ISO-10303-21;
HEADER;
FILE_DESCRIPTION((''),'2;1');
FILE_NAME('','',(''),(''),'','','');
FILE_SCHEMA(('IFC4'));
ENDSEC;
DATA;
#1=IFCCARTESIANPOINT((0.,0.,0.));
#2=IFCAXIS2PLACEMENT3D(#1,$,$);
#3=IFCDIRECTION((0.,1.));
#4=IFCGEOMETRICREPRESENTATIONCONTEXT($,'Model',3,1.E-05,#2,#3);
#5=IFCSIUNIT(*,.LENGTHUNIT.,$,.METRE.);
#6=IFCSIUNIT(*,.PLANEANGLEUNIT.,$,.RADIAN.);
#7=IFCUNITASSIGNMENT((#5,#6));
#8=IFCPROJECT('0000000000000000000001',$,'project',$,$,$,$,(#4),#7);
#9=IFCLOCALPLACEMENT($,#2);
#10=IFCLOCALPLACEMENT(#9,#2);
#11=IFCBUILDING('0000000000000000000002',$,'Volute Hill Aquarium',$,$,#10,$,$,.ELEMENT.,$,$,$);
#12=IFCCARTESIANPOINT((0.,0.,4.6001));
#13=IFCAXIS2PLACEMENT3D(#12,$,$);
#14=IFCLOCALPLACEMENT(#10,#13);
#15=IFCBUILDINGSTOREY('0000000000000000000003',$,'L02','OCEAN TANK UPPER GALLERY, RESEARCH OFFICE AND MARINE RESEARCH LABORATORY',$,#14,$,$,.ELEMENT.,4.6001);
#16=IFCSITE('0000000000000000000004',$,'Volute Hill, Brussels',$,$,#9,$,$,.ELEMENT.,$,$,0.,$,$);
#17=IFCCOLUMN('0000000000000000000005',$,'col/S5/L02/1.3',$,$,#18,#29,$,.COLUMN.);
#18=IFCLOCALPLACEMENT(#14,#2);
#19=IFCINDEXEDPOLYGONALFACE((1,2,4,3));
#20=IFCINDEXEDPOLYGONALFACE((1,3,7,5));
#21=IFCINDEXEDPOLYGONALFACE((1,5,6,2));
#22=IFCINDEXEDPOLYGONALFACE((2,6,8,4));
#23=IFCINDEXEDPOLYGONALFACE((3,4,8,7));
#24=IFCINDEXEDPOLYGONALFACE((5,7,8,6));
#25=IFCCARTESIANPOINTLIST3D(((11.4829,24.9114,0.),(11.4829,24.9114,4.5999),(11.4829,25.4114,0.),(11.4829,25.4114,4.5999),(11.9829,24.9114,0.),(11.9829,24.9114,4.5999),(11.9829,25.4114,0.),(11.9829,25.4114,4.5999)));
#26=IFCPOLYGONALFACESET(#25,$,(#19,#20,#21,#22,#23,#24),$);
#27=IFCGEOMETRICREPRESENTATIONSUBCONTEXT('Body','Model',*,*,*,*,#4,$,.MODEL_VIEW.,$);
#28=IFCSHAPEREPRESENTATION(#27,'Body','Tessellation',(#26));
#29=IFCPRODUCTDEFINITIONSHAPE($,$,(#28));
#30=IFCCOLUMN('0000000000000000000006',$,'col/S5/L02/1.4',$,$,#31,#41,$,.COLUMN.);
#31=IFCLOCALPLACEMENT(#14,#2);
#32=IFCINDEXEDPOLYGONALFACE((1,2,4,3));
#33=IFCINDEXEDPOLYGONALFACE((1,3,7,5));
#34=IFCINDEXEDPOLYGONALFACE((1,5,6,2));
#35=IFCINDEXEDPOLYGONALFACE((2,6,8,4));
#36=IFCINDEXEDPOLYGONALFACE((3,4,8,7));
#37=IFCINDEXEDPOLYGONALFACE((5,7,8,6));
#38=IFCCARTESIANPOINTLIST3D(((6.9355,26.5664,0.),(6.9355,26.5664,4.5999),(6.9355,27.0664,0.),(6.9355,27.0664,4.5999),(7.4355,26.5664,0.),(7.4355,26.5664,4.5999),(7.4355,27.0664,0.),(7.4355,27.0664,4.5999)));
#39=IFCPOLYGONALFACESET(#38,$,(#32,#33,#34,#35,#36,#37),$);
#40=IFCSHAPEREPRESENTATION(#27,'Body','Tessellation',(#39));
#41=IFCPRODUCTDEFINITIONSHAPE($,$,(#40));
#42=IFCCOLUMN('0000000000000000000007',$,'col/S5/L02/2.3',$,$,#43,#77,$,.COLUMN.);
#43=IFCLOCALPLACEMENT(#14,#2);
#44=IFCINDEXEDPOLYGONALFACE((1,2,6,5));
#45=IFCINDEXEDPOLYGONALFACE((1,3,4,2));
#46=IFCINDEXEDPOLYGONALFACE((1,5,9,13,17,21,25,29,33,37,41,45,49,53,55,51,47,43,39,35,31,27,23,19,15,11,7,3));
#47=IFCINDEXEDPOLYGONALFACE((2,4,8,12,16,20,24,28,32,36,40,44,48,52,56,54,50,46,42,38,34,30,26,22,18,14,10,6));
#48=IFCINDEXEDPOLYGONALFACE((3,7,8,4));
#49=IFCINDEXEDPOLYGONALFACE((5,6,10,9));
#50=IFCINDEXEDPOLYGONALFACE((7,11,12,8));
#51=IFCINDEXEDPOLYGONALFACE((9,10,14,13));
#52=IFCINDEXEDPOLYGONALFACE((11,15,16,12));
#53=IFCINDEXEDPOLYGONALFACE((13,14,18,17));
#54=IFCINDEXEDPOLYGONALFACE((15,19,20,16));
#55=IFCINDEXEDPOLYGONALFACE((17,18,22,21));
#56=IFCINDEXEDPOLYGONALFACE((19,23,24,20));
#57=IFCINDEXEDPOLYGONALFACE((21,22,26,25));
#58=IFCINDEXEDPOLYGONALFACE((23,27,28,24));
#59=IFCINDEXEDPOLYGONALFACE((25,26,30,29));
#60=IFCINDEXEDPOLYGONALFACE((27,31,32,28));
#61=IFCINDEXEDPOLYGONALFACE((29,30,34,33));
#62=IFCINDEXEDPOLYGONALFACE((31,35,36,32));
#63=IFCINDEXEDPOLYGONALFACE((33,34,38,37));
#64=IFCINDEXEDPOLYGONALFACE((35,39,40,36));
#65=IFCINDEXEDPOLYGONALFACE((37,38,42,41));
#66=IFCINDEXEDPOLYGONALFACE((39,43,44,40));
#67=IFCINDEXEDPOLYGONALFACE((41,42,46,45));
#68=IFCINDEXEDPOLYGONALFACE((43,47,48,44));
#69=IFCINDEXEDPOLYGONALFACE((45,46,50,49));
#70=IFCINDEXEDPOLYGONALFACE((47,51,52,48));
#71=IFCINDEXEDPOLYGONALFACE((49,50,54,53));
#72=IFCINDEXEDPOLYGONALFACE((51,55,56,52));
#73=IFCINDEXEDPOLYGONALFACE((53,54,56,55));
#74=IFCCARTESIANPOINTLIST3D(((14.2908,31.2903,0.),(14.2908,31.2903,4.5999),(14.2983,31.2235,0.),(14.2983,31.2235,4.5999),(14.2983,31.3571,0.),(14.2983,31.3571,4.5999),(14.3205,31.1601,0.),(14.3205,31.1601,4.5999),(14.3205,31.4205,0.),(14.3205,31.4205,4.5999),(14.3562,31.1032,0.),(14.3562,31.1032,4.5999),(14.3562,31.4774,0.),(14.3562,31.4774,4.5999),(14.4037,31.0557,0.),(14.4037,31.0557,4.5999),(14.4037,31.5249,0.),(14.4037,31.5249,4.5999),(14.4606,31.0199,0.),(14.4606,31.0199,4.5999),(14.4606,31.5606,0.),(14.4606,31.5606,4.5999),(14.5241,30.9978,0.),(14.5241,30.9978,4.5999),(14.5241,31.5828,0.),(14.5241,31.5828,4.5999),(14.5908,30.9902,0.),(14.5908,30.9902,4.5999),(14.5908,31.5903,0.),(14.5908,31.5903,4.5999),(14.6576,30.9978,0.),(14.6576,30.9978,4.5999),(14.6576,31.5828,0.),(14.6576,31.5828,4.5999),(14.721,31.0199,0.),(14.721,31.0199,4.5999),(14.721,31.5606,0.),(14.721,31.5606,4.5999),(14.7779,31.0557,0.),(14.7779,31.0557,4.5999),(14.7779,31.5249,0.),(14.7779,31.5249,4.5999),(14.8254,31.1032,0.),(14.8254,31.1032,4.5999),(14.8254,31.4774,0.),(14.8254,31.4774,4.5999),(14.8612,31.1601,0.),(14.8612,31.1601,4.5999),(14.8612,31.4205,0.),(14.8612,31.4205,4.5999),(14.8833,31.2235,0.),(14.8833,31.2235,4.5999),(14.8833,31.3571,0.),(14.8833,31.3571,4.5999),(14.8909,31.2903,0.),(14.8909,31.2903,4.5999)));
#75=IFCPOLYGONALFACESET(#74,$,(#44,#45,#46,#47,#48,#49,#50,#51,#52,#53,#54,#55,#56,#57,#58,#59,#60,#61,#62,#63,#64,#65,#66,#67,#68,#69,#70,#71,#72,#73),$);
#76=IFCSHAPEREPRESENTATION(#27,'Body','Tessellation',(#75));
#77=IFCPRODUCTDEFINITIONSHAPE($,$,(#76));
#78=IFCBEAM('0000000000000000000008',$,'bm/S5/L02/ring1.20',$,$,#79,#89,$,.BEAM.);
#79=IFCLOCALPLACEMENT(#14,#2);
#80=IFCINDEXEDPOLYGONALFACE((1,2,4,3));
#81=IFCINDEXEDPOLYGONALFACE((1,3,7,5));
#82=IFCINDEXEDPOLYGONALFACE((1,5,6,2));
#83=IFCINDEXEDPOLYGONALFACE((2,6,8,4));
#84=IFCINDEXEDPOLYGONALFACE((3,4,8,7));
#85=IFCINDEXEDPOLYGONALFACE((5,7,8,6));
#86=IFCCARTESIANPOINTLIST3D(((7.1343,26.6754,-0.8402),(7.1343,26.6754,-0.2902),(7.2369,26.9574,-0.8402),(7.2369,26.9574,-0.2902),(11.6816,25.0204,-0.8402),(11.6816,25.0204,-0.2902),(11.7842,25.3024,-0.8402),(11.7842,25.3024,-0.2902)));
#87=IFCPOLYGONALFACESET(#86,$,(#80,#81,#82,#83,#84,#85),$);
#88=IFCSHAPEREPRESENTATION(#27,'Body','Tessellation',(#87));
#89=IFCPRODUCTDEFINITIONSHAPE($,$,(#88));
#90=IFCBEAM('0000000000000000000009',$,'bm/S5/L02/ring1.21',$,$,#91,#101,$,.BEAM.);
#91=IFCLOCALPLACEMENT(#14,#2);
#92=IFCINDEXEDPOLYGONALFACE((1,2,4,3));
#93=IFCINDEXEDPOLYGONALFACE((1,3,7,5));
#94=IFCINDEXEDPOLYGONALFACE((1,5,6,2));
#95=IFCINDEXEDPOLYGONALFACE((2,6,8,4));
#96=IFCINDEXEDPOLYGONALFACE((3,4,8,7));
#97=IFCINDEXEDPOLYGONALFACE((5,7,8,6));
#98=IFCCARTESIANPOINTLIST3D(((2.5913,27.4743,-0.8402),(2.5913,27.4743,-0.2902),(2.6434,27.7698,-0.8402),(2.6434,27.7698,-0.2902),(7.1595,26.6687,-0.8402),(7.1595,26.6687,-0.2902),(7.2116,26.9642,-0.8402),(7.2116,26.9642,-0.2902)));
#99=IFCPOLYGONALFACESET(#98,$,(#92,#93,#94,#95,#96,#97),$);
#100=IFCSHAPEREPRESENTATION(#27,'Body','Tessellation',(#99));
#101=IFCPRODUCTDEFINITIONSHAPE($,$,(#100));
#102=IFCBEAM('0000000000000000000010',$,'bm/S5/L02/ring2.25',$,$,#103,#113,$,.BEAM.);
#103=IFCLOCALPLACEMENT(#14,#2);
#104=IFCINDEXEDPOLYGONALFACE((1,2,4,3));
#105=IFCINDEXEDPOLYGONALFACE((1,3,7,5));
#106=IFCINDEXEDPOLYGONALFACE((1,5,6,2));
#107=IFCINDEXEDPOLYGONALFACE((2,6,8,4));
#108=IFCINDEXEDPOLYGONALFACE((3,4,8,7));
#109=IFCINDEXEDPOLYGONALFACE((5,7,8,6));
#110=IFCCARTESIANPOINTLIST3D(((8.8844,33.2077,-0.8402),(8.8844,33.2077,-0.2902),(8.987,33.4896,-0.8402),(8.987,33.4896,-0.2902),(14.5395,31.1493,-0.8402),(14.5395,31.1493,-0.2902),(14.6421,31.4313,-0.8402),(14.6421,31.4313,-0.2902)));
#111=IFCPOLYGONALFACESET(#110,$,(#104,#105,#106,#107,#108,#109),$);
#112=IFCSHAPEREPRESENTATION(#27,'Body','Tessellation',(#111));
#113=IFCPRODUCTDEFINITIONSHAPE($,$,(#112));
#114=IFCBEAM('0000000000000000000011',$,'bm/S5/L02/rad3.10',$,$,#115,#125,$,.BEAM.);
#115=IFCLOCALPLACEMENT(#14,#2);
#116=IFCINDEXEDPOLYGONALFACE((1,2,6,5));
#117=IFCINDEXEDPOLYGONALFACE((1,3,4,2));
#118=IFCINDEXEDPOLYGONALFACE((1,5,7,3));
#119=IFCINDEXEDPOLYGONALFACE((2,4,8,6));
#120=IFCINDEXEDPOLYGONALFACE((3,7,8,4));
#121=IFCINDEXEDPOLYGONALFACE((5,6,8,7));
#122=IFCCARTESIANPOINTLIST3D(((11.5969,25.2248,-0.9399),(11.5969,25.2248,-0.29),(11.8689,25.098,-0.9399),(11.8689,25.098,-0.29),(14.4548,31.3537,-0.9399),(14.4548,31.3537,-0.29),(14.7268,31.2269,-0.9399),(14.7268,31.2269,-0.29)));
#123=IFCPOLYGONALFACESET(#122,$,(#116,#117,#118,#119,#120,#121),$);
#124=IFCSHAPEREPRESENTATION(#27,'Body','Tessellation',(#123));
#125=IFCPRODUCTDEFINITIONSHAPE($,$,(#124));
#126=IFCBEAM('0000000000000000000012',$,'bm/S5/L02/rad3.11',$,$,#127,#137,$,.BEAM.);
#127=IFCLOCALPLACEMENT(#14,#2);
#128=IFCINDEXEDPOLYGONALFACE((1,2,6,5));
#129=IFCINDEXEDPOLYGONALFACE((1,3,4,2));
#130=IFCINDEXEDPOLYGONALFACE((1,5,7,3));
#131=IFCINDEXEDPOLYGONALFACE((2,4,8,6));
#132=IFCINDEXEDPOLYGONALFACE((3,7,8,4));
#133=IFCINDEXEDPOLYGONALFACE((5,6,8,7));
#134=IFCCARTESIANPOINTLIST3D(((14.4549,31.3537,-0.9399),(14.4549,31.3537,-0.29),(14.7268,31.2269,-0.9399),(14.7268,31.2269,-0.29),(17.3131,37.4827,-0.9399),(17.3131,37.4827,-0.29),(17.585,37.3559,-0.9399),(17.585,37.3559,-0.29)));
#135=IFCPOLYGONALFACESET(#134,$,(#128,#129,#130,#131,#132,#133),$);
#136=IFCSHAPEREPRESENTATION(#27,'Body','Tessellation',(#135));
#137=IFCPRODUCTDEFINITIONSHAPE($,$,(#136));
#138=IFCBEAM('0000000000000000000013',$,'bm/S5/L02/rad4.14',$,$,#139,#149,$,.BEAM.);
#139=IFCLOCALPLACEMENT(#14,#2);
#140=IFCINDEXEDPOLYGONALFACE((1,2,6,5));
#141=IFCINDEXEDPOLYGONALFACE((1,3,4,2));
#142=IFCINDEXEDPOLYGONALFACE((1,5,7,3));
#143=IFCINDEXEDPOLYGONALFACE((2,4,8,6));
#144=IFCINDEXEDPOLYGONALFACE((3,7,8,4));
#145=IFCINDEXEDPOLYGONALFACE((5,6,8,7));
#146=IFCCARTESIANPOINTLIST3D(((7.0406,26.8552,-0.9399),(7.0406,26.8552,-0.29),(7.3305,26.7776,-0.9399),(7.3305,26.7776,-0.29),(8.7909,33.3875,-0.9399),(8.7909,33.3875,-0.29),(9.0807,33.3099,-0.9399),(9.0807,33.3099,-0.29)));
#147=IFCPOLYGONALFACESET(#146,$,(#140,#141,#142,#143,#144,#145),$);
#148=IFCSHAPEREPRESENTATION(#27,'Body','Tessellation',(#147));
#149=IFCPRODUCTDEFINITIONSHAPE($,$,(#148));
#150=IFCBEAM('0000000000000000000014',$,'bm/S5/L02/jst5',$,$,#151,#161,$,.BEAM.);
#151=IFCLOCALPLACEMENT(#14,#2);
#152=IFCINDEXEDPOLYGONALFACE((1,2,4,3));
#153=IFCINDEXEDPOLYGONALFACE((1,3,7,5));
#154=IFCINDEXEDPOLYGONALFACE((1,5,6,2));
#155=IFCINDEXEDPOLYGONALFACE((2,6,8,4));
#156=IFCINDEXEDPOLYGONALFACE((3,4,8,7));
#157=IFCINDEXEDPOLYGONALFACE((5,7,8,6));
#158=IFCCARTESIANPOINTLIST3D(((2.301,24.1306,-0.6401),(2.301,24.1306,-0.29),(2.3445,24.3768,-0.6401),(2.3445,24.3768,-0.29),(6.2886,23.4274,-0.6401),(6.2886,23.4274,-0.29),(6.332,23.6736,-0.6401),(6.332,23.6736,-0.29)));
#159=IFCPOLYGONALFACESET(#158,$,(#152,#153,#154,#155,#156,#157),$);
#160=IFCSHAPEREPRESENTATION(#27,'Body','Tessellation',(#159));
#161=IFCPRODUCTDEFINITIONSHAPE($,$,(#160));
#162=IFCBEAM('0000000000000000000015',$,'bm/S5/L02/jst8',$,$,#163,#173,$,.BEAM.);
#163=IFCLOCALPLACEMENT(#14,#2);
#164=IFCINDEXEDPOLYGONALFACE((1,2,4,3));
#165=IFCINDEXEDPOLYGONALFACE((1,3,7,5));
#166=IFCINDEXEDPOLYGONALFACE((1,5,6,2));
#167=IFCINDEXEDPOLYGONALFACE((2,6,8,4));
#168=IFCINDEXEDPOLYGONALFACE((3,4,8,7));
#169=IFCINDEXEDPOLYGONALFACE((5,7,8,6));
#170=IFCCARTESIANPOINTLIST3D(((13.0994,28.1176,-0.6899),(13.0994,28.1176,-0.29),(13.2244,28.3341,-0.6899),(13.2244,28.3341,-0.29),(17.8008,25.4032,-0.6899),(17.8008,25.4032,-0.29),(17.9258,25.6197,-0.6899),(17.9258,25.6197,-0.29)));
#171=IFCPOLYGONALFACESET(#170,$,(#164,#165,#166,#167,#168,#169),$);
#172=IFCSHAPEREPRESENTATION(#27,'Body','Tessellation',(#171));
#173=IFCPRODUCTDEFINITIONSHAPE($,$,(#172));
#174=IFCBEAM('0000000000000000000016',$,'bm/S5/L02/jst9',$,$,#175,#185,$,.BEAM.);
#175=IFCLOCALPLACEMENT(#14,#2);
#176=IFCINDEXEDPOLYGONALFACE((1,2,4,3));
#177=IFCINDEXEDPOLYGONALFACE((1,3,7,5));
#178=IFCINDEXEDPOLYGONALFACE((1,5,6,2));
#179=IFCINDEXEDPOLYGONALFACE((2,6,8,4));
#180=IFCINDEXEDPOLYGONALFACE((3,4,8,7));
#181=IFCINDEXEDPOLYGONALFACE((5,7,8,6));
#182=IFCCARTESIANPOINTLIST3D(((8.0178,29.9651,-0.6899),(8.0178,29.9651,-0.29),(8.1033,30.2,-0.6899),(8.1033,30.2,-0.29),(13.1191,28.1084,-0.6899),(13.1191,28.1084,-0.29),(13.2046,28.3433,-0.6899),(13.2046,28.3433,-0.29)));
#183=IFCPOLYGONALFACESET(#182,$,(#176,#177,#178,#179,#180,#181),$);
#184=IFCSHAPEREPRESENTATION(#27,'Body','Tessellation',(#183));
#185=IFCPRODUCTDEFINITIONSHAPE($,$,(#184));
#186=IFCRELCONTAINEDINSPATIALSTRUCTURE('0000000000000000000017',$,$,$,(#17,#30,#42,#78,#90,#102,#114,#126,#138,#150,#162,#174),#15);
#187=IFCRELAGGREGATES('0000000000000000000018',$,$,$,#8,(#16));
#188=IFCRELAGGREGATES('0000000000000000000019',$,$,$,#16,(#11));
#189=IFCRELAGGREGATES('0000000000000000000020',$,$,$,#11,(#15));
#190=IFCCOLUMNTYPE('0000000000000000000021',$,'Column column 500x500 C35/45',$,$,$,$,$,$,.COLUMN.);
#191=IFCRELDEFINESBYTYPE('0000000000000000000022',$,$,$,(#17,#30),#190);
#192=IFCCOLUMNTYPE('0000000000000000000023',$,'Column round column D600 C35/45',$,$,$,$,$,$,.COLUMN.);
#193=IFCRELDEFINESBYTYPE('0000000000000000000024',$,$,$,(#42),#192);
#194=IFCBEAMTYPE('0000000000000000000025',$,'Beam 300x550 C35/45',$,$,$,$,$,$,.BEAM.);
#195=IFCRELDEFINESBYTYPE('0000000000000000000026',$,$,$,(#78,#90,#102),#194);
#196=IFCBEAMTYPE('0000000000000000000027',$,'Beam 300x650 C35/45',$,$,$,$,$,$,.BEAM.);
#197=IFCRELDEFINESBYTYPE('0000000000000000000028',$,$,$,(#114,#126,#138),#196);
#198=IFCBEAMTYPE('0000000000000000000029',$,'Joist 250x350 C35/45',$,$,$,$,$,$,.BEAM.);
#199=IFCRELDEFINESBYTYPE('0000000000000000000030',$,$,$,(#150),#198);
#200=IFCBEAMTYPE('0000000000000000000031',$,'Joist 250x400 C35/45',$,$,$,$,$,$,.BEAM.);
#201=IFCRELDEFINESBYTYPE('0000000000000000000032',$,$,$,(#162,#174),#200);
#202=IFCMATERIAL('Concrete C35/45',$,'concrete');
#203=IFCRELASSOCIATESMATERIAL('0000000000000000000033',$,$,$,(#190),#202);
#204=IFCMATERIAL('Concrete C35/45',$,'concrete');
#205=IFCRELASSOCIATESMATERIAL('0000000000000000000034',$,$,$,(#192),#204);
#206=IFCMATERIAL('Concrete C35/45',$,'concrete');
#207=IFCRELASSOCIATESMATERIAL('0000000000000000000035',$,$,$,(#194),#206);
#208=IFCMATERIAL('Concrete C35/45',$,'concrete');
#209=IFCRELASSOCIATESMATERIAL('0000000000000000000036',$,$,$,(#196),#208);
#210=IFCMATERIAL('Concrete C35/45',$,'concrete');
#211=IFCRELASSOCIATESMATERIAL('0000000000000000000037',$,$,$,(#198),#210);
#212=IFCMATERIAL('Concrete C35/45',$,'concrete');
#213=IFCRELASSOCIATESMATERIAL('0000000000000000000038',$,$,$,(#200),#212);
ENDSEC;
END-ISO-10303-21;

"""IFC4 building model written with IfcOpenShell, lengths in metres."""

from ifc_helpers import new_model, si_unit, direction, frame, origin, origin_2d, place, context, subcontext, project, spatial, rectangle, circle, extrude, material, material_profile, profile_set, type_object, element, save


model = new_model("IFC4")

# Units and contexts
model_context = context("Model", 3, precision=1e-05, world=origin(), true_north=direction((0.0, 1.0)))
body_context = subcontext(model_context, "Body", "Model", "MODEL_VIEW")
ifc_project = project(units=[si_unit("LENGTHUNIT", "METRE"), si_unit("PLANEANGLEUNIT", "RADIAN")], contexts=[model_context])

# Site, building, storey
site_placement = place(None, origin())
site = spatial("IfcSite", under=ifc_project, at=site_placement, Name="Volute Hill, Brussels", CompositionType="ELEMENT", RefElevation=0.0)
building_placement = place(site_placement, origin())
building = spatial("IfcBuilding", under=site, at=building_placement, Name="Volute Hill Aquarium", CompositionType="ELEMENT")
storey_placement = place(building_placement, frame((0.0, 0.0, 4.6001)))
storey = spatial("IfcBuildingStorey", under=building, at=storey_placement, Name="L02", Description="OCEAN TANK UPPER GALLERY, RESEARCH OFFICE AND MARINE RESEARCH LABORATORY", CompositionType="ELEMENT", Elevation=4.6001)

# Columns
ifc_material_1 = material(Name="Concrete C35/45", Category="concrete")
ifc_material_profile_1 = material_profile(ifc_material_1, rectangle(XDim=0.5, YDim=0.5, at=origin_2d()), Name="RC column 500x500")
ifc_profile_set_1 = profile_set([ifc_material_profile_1], Name="Concrete C35/45")
column_type_1 = type_object("IfcColumnType", Name="Column column 500x500 C35/45", PredefinedType="COLUMN", material=ifc_profile_set_1)
for number, where, z_axis, x_axis, name in (
    (1, (11.7329, 25.1614, 0.0), (0.0, 0.0, 1.0), (1.0, 0.0, 0.0), "col/S5/L02/1.3"),
    (2, (7.1855, 26.8164, 0.0), (0.0, 0.0, 1.0), (1.0, 0.0, 0.0), "col/S5/L02/1.4"),
):
    element("IfcColumn", number, at=place(storey_placement, frame(where, z_axis=z_axis, x_axis=x_axis)), inside=storey, type_object=column_type_1, Name=name, PredefinedType="COLUMN", context=body_context, shape_type="SweptSolid", body=[
        extrude(rectangle(XDim=0.5, YDim=0.5, at=origin_2d()), origin(), (0.0, 0.0, 1.0), 4.5999),
    ])
ifc_material_2 = material(Name="Concrete C35/45", Category="concrete")
ifc_material_profile_2 = material_profile(ifc_material_2, circle(Radius=0.3, at=origin_2d()), Name="RC round column D600")
ifc_profile_set_2 = profile_set([ifc_material_profile_2], Name="Concrete C35/45")
column_type_2 = type_object("IfcColumnType", Name="Column round column D600 C35/45", PredefinedType="COLUMN", material=ifc_profile_set_2)
column_placement = place(storey_placement, frame((14.5908, 31.2903, 0.0), z_axis=(0.0, 0.0, 1.0), x_axis=(1.0, 0.0, 0.0)))
element("IfcColumn", 3, at=column_placement, inside=storey, type_object=column_type_2, Name="col/S5/L02/2.3", PredefinedType="COLUMN", context=body_context, shape_type="SweptSolid", body=[
    extrude(circle(Radius=0.3, at=origin_2d()), origin(), (0.0, 0.0, 1.0), 4.5999),
])

# Beams
ifc_material_3 = material(Name="Concrete C35/45", Category="concrete")
ifc_material_profile_3 = material_profile(ifc_material_3, rectangle(XDim=0.3, YDim=0.55, at=origin_2d()), Name="RC beam 300x550")
ifc_profile_set_3 = profile_set([ifc_material_profile_3], Name="Concrete C35/45")
beam_type_1 = type_object("IfcBeamType", Name="Beam 300x550 C35/45", PredefinedType="BEAM", material=ifc_profile_set_3)
beam_1_placement = place(storey_placement, frame((11.7329, 25.1614, -0.5652), z_axis=(-0.939698, 0.342006, 0.0), x_axis=(-0.342006, -0.939698, 0.0)))
element("IfcBeam", 4, at=beam_1_placement, inside=storey, type_object=beam_type_1, Name="bm/S5/L02/ring1.20", PredefinedType="BEAM", context=body_context, shape_type="SweptSolid", body=[
    extrude(rectangle(XDim=0.3, YDim=0.55, at=origin_2d()), origin(), (0.0, 0.0, 1.0), 4.8391),
])
beam_2_placement = place(storey_placement, frame((7.1855, 26.8164, -0.5652), z_axis=(-0.984801, 0.173686, 0.0), x_axis=(-0.173686, -0.984801, 0.0)))
element("IfcBeam", 5, at=beam_2_placement, inside=storey, type_object=beam_type_1, Name="bm/S5/L02/ring1.21", PredefinedType="BEAM", context=body_context, shape_type="SweptSolid", body=[
    extrude(rectangle(XDim=0.3, YDim=0.55, at=origin_2d()), origin(), (0.0, 0.0, 1.0), 4.6387),
])
beam_3_placement = place(storey_placement, frame((14.5908, 31.2903, -0.5652), z_axis=(-0.939688, 0.342033, 0.0), x_axis=(-0.342033, -0.939688, 0.0)))
element("IfcBeam", 6, at=beam_3_placement, inside=storey, type_object=beam_type_1, Name="bm/S5/L02/ring2.25", PredefinedType="BEAM", context=body_context, shape_type="SweptSolid", body=[
    extrude(rectangle(XDim=0.3, YDim=0.55, at=origin_2d()), origin(), (0.0, 0.0, 1.0), 6.0181),
])
ifc_material_4 = material(Name="Concrete C35/45", Category="concrete")
ifc_material_profile_4 = material_profile(ifc_material_4, rectangle(XDim=0.3, YDim=0.6499, at=origin_2d()), Name="RC beam 300x650")
ifc_profile_set_4 = profile_set([ifc_material_profile_4], Name="Concrete C35/45")
beam_type_2 = type_object("IfcBeamType", Name="Beam 300x650 C35/45", PredefinedType="BEAM", material=ifc_profile_set_4)
beam_4_placement = place(storey_placement, frame((11.7329, 25.1614, -0.615), z_axis=(0.422613, 0.90631, 0.0), x_axis=(-0.90631, 0.422613, 0.0)))
element("IfcBeam", 7, at=beam_4_placement, inside=storey, type_object=beam_type_2, Name="bm/S5/L02/rad3.10", PredefinedType="BEAM", context=body_context, shape_type="SweptSolid", body=[
    extrude(rectangle(XDim=0.3, YDim=0.6499, at=origin_2d()), origin(), (0.0, 0.0, 1.0), 6.7625),
])
for number, where, z_axis, x_axis, name in (
    (8, (14.5908, 31.2903, -0.615), (0.422642, 0.906297, 0.0), (-0.906297, 0.422642, 0.0), "bm/S5/L02/rad3.11"),
    (9, (7.1855, 26.8164, -0.615), (0.258811, 0.965928, 0.0), (-0.965928, 0.258811, 0.0), "bm/S5/L02/rad4.14"),
):
    element("IfcBeam", number, at=place(storey_placement, frame(where, z_axis=z_axis, x_axis=x_axis)), inside=storey, type_object=beam_type_2, Name=name, PredefinedType="BEAM", context=body_context, shape_type="SweptSolid", body=[
        extrude(rectangle(XDim=0.3, YDim=0.6499, at=origin_2d()), origin(), (0.0, 0.0, 1.0), 6.7627),
    ])
ifc_material_5 = material(Name="Concrete C35/45", Category="concrete")
ifc_material_profile_5 = material_profile(ifc_material_5, rectangle(XDim=0.25, YDim=0.3501, at=origin_2d()), Name="RC joist 250x350")
ifc_profile_set_5 = profile_set([ifc_material_profile_5], Name="Concrete C35/45")
beam_type_3 = type_object("IfcBeamType", Name="Joist 250x350 C35/45", PredefinedType="BEAM", material=ifc_profile_set_5)
beam_5_placement = place(storey_placement, frame((6.3103, 23.5505, -0.4651), z_axis=(-0.984807, 0.173651, 0.0), x_axis=(-0.173651, -0.984807, 0.0)))
element("IfcBeam", 10, at=beam_5_placement, inside=storey, type_object=beam_type_3, Name="bm/S5/L02/jst5", PredefinedType="BEAM", context=body_context, shape_type="SweptSolid", body=[
    extrude(rectangle(XDim=0.25, YDim=0.3501, at=origin_2d()), origin(), (0.0, 0.0, 1.0), 4.0491),
])
ifc_material_6 = material(Name="Concrete C35/45", Category="concrete")
ifc_material_profile_6 = material_profile(ifc_material_6, rectangle(XDim=0.25, YDim=0.3999, at=origin_2d()), Name="RC joist 250x400")
ifc_profile_set_6 = profile_set([ifc_material_profile_6], Name="Concrete C35/45")
beam_type_4 = type_object("IfcBeamType", Name="Joist 250x400 C35/45", PredefinedType="BEAM", material=ifc_profile_set_6)
for number, where, z_axis, x_axis, name in (
    (11, (17.8633, 25.5115, -0.49), (-0.866026, 0.499999, 0.0), (-0.499999, -0.866026, 0.0), "bm/S5/L02/jst8"),
    (12, (13.1619, 28.2258, -0.49), (-0.939695, 0.342014, 0.0), (-0.342014, -0.939695, 0.0), "bm/S5/L02/jst9"),
):
    element("IfcBeam", number, at=place(storey_placement, frame(where, z_axis=z_axis, x_axis=x_axis)), inside=storey, type_object=beam_type_4, Name=name, PredefinedType="BEAM", context=body_context, shape_type="SweptSolid", body=[
        extrude(rectangle(XDim=0.25, YDim=0.3999, at=origin_2d()), origin(), (0.0, 0.0, 1.0), 5.4287),
    ])

save(model, "model.ifc")
